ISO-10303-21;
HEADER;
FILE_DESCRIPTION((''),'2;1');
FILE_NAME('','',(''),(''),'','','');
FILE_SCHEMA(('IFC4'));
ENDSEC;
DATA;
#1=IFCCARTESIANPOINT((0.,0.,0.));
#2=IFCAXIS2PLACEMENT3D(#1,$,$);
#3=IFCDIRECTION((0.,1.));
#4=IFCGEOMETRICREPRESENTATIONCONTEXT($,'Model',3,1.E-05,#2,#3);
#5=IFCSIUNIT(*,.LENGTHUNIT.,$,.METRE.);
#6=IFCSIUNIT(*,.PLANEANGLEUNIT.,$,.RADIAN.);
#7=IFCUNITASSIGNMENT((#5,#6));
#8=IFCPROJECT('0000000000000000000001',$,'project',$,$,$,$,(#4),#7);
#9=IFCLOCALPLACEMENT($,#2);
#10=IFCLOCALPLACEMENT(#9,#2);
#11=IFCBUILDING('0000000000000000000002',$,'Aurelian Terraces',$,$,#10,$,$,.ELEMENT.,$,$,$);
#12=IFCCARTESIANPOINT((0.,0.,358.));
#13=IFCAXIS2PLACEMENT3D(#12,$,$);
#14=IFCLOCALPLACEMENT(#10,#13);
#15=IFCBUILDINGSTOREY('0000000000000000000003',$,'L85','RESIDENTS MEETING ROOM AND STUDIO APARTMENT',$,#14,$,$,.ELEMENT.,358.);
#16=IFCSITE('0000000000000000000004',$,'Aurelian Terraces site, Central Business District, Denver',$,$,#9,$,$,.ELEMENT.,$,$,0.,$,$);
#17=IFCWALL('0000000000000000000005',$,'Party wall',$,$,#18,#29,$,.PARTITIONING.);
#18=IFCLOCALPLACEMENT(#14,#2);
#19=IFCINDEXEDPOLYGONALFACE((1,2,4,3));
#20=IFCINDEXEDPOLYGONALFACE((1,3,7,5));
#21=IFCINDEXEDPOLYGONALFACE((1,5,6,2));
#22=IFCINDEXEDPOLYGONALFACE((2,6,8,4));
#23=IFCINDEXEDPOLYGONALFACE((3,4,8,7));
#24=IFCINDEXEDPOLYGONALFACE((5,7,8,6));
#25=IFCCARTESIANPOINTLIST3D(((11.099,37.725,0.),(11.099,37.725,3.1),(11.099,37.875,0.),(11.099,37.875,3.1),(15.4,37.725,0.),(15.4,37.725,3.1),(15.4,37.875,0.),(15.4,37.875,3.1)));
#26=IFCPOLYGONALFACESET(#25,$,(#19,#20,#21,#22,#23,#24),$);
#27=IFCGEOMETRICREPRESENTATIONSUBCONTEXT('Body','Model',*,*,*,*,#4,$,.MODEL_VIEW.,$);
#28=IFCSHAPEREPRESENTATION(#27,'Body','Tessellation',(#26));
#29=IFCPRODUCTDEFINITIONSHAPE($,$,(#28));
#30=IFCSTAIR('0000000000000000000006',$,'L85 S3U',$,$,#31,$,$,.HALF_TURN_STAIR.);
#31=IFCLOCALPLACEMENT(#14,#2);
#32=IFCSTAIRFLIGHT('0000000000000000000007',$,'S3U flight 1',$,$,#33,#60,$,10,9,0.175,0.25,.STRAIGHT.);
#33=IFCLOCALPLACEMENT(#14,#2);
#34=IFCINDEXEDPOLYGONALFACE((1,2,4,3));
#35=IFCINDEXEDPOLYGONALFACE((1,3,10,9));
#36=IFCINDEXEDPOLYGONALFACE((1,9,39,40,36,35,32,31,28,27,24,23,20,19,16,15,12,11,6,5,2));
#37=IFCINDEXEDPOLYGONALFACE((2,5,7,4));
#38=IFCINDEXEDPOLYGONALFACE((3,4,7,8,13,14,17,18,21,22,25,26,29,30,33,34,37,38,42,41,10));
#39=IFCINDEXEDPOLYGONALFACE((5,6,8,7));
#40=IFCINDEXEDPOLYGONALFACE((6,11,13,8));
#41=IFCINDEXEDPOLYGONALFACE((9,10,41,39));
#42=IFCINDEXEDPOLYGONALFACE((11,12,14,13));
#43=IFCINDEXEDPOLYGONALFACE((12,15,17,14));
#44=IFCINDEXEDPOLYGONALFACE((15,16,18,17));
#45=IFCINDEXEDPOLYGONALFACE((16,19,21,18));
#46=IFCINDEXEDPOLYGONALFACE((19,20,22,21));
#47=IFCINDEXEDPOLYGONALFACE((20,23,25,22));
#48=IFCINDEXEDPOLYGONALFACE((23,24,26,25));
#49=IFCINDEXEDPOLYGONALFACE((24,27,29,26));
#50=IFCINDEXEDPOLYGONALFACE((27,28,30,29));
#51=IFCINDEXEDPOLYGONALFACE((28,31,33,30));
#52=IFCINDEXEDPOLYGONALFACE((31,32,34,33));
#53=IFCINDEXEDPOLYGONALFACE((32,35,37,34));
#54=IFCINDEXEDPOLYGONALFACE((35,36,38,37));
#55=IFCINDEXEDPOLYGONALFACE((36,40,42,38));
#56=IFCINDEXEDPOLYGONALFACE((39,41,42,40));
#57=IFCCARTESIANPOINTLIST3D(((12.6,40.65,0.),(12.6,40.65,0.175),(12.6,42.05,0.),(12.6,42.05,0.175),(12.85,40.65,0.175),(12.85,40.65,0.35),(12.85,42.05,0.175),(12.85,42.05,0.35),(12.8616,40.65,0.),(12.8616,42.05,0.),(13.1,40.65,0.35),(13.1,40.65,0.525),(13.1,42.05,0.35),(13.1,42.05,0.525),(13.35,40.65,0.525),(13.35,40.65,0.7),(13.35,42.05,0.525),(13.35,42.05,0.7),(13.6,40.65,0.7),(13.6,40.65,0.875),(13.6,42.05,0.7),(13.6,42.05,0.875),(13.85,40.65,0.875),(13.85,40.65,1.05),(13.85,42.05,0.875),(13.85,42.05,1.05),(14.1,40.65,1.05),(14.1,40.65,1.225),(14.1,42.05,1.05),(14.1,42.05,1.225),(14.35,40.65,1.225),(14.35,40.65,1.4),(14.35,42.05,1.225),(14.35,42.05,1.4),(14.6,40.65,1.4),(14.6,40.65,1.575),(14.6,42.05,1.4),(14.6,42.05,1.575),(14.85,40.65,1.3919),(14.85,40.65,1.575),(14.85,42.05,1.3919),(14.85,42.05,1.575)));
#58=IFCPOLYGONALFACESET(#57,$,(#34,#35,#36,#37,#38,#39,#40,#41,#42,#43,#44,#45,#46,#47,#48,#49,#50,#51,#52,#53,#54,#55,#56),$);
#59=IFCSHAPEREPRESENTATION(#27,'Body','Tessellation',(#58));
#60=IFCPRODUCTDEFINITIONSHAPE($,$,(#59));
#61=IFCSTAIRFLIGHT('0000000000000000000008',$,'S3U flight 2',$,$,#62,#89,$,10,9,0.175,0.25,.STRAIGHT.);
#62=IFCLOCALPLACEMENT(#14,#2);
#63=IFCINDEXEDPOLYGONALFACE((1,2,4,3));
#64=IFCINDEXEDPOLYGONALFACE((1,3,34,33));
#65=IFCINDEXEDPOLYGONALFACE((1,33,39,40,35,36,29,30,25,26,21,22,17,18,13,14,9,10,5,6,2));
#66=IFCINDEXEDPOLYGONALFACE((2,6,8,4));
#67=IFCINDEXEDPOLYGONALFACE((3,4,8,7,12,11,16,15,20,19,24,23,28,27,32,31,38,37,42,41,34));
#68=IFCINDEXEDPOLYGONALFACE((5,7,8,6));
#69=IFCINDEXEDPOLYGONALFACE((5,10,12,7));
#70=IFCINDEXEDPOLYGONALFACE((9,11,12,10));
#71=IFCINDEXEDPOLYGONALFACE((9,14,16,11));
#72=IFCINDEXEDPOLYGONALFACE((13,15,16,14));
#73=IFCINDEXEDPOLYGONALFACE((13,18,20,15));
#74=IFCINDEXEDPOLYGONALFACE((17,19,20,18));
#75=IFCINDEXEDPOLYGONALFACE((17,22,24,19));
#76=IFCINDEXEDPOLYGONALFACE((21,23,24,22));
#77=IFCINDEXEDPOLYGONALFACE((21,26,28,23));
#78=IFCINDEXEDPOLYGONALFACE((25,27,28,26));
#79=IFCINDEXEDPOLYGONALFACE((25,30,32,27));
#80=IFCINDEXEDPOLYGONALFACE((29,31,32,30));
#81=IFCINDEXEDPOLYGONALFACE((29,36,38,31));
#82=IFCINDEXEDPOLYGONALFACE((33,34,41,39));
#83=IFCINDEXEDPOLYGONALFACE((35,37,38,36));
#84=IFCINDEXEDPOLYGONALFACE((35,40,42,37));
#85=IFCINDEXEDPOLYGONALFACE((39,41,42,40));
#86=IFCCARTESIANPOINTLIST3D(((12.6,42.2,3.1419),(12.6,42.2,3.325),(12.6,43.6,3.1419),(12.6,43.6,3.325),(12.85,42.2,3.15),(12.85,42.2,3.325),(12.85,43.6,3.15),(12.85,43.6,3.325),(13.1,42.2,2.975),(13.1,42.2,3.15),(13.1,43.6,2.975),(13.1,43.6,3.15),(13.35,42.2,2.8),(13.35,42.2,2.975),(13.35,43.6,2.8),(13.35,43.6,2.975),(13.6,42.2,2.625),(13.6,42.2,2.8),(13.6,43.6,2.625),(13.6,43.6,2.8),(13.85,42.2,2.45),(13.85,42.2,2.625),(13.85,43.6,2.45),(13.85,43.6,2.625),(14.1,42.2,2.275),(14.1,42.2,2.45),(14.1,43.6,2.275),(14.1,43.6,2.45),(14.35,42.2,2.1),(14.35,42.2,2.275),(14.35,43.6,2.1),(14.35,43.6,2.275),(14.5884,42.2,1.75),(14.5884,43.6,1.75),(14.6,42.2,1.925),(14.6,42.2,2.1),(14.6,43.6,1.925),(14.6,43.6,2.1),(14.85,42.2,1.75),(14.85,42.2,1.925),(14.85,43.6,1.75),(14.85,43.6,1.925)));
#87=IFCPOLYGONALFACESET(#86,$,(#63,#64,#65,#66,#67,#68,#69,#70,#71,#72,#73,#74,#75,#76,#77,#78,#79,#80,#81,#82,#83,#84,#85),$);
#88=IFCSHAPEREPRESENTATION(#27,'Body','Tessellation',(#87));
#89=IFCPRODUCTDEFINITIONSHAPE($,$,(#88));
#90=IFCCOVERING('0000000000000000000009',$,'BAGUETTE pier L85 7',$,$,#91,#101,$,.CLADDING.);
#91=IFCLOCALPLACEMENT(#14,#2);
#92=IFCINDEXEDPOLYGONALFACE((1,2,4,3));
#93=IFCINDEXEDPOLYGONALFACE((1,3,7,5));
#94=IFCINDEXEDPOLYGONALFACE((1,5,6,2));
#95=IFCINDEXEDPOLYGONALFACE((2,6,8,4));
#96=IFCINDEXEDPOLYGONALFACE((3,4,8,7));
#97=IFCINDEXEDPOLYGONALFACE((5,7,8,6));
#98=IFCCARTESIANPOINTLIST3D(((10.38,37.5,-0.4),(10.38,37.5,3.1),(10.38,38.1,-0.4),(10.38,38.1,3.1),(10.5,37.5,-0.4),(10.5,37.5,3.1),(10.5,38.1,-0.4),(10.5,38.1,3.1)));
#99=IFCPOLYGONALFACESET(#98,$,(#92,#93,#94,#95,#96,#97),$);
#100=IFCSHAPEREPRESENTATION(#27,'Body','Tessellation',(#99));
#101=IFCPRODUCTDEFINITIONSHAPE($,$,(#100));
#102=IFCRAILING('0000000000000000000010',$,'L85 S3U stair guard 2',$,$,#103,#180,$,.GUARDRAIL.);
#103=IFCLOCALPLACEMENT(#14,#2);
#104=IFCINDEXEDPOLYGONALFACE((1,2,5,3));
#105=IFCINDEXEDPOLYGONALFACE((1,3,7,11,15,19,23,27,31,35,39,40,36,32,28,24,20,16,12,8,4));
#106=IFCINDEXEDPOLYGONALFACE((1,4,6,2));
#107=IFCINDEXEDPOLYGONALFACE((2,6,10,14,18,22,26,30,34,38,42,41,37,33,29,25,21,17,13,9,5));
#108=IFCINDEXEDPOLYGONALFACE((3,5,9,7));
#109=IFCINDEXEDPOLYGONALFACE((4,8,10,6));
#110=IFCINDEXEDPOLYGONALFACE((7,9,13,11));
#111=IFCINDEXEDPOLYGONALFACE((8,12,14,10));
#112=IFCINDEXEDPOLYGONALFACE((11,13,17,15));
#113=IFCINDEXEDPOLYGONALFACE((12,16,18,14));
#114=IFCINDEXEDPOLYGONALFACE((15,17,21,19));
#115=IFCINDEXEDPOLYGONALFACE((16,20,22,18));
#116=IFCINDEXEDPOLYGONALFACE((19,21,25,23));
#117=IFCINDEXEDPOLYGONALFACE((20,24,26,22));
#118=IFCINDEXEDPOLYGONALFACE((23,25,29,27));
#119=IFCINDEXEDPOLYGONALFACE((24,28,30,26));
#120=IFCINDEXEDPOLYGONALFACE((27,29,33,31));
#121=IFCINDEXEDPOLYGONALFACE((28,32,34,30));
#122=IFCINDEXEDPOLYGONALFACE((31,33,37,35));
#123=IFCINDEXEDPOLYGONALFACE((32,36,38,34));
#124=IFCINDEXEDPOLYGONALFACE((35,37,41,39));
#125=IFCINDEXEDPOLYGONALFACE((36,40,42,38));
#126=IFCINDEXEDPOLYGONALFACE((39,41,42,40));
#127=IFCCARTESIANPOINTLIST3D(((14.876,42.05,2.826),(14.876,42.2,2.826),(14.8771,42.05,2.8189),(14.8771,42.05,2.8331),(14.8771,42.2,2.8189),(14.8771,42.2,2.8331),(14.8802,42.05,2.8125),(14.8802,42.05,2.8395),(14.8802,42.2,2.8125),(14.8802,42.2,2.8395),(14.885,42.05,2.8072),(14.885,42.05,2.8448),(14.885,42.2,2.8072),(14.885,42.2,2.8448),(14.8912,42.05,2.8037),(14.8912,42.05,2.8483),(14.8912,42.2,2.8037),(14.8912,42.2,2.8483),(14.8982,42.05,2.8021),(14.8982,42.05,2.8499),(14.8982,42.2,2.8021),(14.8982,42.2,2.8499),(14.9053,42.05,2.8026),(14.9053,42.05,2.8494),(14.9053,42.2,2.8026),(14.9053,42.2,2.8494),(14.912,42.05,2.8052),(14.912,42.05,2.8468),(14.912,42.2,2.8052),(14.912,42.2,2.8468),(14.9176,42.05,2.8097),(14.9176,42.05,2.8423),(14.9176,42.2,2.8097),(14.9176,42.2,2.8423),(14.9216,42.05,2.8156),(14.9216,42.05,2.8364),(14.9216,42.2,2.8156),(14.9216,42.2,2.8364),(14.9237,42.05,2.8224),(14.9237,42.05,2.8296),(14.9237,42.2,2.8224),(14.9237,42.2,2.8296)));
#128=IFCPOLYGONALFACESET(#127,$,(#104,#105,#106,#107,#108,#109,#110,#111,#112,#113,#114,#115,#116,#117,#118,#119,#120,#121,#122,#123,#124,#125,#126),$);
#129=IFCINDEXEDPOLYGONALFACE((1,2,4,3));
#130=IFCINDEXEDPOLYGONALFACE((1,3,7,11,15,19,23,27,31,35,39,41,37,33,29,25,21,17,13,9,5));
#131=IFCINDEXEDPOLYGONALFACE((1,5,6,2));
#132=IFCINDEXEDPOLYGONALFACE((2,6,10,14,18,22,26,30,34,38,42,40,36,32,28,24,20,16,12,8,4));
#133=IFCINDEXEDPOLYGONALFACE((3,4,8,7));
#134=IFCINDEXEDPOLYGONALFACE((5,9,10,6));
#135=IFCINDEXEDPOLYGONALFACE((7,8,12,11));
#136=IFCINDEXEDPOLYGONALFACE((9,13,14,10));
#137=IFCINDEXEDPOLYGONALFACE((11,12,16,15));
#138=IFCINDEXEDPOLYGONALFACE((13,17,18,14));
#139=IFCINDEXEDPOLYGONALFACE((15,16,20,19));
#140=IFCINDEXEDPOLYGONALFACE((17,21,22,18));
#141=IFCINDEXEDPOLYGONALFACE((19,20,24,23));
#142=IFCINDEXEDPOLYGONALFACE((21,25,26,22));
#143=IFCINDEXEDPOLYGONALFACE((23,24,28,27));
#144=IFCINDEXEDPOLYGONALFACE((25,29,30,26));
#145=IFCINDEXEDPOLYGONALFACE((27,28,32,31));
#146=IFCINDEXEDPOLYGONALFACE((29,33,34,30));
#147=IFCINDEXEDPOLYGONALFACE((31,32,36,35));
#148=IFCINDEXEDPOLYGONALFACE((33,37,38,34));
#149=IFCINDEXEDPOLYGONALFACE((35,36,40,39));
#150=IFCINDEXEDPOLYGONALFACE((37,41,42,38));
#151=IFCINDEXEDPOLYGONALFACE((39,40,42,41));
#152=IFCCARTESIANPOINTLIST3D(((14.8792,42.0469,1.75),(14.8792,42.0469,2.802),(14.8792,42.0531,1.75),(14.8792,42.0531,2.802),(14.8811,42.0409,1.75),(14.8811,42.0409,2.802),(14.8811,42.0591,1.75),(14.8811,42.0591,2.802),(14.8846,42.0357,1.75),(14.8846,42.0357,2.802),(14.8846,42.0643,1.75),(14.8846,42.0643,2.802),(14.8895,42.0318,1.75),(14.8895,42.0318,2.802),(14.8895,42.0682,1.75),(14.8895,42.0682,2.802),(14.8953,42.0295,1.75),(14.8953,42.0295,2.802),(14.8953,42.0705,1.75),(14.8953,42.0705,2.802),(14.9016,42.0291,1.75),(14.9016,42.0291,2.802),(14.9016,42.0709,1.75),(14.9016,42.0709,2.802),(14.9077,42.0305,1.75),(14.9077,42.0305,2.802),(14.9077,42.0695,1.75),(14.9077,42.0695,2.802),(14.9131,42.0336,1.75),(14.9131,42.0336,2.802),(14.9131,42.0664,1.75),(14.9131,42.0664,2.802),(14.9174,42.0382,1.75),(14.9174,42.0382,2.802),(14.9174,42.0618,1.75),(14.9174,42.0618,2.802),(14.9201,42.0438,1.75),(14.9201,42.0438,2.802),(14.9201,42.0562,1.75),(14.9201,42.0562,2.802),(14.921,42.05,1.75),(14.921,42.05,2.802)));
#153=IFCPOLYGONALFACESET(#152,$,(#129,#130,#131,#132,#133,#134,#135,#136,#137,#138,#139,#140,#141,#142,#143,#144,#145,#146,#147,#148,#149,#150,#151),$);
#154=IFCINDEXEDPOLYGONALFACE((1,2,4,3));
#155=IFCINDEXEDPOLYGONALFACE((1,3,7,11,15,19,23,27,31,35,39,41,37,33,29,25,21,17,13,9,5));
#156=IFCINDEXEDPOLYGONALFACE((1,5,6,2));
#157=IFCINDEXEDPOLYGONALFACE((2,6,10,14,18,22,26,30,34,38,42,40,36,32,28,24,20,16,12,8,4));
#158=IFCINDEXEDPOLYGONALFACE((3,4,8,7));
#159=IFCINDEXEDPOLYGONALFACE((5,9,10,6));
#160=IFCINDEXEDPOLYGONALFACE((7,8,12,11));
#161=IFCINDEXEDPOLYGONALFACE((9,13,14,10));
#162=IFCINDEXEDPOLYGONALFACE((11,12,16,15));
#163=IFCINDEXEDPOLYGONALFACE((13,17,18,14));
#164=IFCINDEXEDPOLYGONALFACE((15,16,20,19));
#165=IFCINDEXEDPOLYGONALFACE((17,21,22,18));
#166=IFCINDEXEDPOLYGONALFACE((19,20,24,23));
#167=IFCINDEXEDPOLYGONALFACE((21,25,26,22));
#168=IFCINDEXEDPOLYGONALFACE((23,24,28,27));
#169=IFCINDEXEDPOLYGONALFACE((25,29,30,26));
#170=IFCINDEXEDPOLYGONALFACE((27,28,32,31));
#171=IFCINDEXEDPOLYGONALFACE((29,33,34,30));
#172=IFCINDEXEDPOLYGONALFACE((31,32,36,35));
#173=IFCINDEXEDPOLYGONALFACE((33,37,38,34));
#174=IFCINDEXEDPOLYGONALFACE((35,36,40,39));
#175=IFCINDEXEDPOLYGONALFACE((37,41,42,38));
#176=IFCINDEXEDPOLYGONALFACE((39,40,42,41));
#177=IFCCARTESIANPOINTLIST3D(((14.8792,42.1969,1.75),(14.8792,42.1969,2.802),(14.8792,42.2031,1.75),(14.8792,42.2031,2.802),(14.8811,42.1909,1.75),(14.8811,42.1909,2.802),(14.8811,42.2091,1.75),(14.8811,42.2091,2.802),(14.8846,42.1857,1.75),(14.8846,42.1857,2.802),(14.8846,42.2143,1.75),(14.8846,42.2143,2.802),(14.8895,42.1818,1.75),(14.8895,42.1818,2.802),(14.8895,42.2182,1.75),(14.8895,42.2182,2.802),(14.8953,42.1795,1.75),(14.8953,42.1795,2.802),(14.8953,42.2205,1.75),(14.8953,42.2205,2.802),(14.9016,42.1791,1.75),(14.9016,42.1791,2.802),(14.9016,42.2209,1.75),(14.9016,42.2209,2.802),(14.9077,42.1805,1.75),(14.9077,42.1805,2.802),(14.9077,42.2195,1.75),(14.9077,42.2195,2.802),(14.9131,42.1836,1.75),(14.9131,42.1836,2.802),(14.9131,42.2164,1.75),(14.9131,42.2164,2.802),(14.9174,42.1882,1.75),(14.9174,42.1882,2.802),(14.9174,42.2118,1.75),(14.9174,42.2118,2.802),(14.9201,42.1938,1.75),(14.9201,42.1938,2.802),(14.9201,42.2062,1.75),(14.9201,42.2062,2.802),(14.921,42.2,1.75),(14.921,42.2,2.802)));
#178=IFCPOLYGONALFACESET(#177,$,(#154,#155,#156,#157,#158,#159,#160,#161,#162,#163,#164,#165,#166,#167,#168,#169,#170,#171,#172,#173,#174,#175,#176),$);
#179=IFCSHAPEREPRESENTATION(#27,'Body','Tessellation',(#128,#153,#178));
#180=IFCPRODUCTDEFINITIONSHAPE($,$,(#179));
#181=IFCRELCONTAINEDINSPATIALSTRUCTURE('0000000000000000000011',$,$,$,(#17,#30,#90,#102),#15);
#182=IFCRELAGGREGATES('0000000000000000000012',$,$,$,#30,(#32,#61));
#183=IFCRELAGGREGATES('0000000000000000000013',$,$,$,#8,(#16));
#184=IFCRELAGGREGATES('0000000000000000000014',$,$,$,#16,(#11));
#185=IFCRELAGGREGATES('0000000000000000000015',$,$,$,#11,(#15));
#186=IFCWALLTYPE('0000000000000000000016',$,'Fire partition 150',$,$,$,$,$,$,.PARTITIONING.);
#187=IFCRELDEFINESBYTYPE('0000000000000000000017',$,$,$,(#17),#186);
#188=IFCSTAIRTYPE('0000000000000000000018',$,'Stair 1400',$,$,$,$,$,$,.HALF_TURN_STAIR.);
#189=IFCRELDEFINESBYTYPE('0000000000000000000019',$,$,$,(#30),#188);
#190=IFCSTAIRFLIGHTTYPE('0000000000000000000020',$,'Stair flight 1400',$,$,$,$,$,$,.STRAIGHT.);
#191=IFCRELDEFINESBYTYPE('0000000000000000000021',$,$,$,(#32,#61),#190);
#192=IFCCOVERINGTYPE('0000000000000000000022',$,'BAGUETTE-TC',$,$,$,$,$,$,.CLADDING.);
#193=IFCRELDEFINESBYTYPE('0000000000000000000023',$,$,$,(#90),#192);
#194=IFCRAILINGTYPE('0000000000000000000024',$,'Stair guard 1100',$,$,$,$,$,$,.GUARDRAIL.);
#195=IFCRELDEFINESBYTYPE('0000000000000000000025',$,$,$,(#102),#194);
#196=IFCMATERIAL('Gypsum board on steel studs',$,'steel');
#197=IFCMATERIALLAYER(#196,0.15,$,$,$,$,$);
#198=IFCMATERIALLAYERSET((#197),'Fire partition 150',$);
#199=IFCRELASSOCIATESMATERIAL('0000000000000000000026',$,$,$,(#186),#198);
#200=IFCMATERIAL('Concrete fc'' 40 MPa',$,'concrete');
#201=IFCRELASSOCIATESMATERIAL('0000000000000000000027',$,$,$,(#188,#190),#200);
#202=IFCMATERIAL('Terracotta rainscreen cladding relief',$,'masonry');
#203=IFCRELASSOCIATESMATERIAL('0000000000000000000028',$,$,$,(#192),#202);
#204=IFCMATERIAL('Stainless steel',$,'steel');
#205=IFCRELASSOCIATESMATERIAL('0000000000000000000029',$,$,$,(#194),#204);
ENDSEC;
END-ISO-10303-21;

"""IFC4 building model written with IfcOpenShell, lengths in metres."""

from ifc_helpers import new_model, si_unit, direction, frame, frame_2d, origin, origin_2d, place, context, subcontext, project, spatial, polyline, rectangle, circle, outline, extrude, source, transform, mapped, material, layer, layer_set, type_object, element, aggregate, save


model = new_model("IFC4")

# Units and contexts
model_context = context("Model", 3, precision=1e-05, world=origin(), true_north=direction((0.0, 1.0)))
body_context = subcontext(model_context, "Body", "Model", "MODEL_VIEW")
ifc_project = project(units=[si_unit("LENGTHUNIT", "METRE"), si_unit("PLANEANGLEUNIT", "RADIAN")], contexts=[model_context])

# Site, building, storey
site_placement = place(None, origin())
site = spatial("IfcSite", under=ifc_project, at=site_placement, Name="Aurelian Terraces site, Central Business District, Denver", CompositionType="ELEMENT", RefElevation=0.0)
building_placement = place(site_placement, origin())
building = spatial("IfcBuilding", under=site, at=building_placement, Name="Aurelian Terraces", CompositionType="ELEMENT")
storey_placement = place(building_placement, frame((0.0, 0.0, 358.0)))
storey = spatial("IfcBuildingStorey", under=building, at=storey_placement, Name="L85", Description="RESIDENTS MEETING ROOM AND STUDIO APARTMENT", CompositionType="ELEMENT", Elevation=358.0)

# Shared definitions
ifc_material_1 = material(Name="Gypsum board on steel studs", Category="steel")

# Shared definitions
ifc_material_2 = material(Name="Concrete fc' 40 MPa", Category="concrete")

# Wall
ifc_layer_1 = layer(ifc_material_1, 0.15)
ifc_layer_set_1 = layer_set([ifc_layer_1], Name="Fire partition 150")
wall_type_1 = type_object("IfcWallType", Name="Fire partition 150", PredefinedType="PARTITIONING", material=ifc_layer_set_1)
shared_shape_1 = source(origin(), body_context, "Body", "SweptSolid", [
    extrude(rectangle(XDim=4.301, YDim=0.15, at=frame_2d((2.1505, 0.0))), origin(), (0.0, 0.0, 1.0), 3.1),
])
wall_1_placement = place(storey_placement, frame((15.4, 37.8, 0.0), z_axis=(0.0, 0.0, 1.0), x_axis=(-1.0, 0.0, 0.0)))
element("IfcWall", 1, at=wall_1_placement, inside=storey, type_object=wall_type_1, Name="Party wall", PredefinedType="PARTITIONING", context=body_context, shape_type="MappedRepresentation", body=[
    mapped(shared_shape_1, transform((0.0, 0.0, 0.0), scale=1.0)),
])

# Stair, stair flights
stair_type = type_object("IfcStairType", Name="Stair 1400", PredefinedType="HALF_TURN_STAIR", material=ifc_material_2)
stair_placement = place(storey_placement, origin())
stair = element("IfcStair", 2, at=stair_placement, inside=storey, type_object=stair_type, Name="L85 S3U", PredefinedType="HALF_TURN_STAIR")
stair_flight_type = type_object("IfcStairFlightType", Name="Stair flight 1400", PredefinedType="STRAIGHT", material=ifc_material_2)
shared_shape_2 = source(origin(), body_context, "Body", "SweptSolid", [
    extrude(outline(polyline([(0.0, 0.0), (0.0, 0.175), (0.25, 0.175), (0.25, 0.35), (0.5, 0.35), (0.5, 0.525), (0.75, 0.525), (0.75, 0.7), (1.0, 0.7), (1.0, 0.875), (1.25, 0.875), (1.25, 1.05), (1.5, 1.05), (1.5, 1.225), (1.75, 1.225), (1.75, 1.4), (2.0, 1.4), (2.0, 1.575), (2.25, 1.575), (2.25, 1.75), (2.25, 1.3919), (0.2616, 0.0), (0.0, 0.0)])), frame((0.0, 0.7, 0.0), z_axis=(0.0, -1.0, 0.0), x_axis=(1.0, 0.0, 0.0)), (0.0, 0.0, 1.0), 1.4),
])
stair_flight_1_placement = place(storey_placement, frame((12.6, 41.35, 0.0), z_axis=(0.0, 0.0, 1.0), x_axis=(1.0, 0.0, 0.0)))
stair_flight_1 = element("IfcStairFlight", 3, at=stair_flight_1_placement, type_object=stair_flight_type, Name="S3U flight 1", NumberOfRisers=10, NumberOfTreads=9, PredefinedType="STRAIGHT", RiserHeight=0.175, TreadLength=0.25, context=body_context, shape_type="MappedRepresentation", body=[
    mapped(shared_shape_2, transform((0.0, 0.0, 0.0), scale=1.0)),
])
stair_flight_2_placement = place(storey_placement, frame((14.85, 42.9, 1.75), z_axis=(0.0, 0.0, 1.0), x_axis=(-1.0, 0.0, 0.0)))
stair_flight_2 = element("IfcStairFlight", 4, at=stair_flight_2_placement, type_object=stair_flight_type, Name="S3U flight 2", NumberOfRisers=10, NumberOfTreads=9, PredefinedType="STRAIGHT", RiserHeight=0.175, TreadLength=0.25, context=body_context, shape_type="MappedRepresentation", body=[
    mapped(shared_shape_2, transform((0.0, 0.0, 0.0), scale=1.0)),
])
aggregate(stair, [stair_flight_1, stair_flight_2])

# Covering
ifc_material_3 = material(Name="Terracotta rainscreen cladding relief", Category="masonry")
covering_type = type_object("IfcCoveringType", Name="BAGUETTE-TC", PredefinedType="CLADDING", material=ifc_material_3)
shared_shape_3 = source(origin(), body_context, "Body", "SweptSolid", [
    extrude(rectangle(XDim=0.12, YDim=0.6, at=origin_2d()), origin(), (0.0, 0.0, 1.0), 3.5),
])
covering_placement = place(storey_placement, frame((10.44, 37.8, -0.4), z_axis=(0.0, 0.0, 1.0), x_axis=(1.0, 0.0, 0.0)))
element("IfcCovering", 5, at=covering_placement, inside=storey, type_object=covering_type, Name="BAGUETTE pier L85 7", PredefinedType="CLADDING", context=body_context, shape_type="MappedRepresentation", body=[
    mapped(shared_shape_3, transform((0.0, 0.0, 0.0), scale=1.0)),
])

# Railing
ifc_material_4 = material(Name="Stainless steel", Category="steel")
railing_type_1 = type_object("IfcRailingType", Name="Stair guard 1100", PredefinedType="GUARDRAIL", material=ifc_material_4)
shared_shape_4 = source(origin(), body_context, "Body", "SweptSolid", [
    extrude(circle(Radius=0.024, at=origin_2d()), frame((0.0, 0.0, 1.076), z_axis=(0.0, 1.0, 0.0), x_axis=(-1.0, 0.0, 0.0)), (0.0, 0.0, 1.0), 0.15),
    extrude(circle(Radius=0.021, at=origin_2d()), origin(), (0.0, 0.0, 1.0), 1.052),
    extrude(circle(Radius=0.021, at=origin_2d()), frame((0.0, 0.15, 0.0)), (0.0, 0.0, 1.0), 1.052),
])
for number, where, name in (
    (6, (14.9, 42.05, 1.75), "L85 S3U stair guard 2"),
):
    element("IfcRailing", number, at=place(storey_placement, frame(where)), inside=storey, type_object=railing_type_1, Name=name, PredefinedType="GUARDRAIL", context=body_context, shape_type="MappedRepresentation", body=[
        mapped(shared_shape_4, transform((0.0, 0.0, 0.0), scale=1.0)),
    ])

save(model, "model.ifc")
